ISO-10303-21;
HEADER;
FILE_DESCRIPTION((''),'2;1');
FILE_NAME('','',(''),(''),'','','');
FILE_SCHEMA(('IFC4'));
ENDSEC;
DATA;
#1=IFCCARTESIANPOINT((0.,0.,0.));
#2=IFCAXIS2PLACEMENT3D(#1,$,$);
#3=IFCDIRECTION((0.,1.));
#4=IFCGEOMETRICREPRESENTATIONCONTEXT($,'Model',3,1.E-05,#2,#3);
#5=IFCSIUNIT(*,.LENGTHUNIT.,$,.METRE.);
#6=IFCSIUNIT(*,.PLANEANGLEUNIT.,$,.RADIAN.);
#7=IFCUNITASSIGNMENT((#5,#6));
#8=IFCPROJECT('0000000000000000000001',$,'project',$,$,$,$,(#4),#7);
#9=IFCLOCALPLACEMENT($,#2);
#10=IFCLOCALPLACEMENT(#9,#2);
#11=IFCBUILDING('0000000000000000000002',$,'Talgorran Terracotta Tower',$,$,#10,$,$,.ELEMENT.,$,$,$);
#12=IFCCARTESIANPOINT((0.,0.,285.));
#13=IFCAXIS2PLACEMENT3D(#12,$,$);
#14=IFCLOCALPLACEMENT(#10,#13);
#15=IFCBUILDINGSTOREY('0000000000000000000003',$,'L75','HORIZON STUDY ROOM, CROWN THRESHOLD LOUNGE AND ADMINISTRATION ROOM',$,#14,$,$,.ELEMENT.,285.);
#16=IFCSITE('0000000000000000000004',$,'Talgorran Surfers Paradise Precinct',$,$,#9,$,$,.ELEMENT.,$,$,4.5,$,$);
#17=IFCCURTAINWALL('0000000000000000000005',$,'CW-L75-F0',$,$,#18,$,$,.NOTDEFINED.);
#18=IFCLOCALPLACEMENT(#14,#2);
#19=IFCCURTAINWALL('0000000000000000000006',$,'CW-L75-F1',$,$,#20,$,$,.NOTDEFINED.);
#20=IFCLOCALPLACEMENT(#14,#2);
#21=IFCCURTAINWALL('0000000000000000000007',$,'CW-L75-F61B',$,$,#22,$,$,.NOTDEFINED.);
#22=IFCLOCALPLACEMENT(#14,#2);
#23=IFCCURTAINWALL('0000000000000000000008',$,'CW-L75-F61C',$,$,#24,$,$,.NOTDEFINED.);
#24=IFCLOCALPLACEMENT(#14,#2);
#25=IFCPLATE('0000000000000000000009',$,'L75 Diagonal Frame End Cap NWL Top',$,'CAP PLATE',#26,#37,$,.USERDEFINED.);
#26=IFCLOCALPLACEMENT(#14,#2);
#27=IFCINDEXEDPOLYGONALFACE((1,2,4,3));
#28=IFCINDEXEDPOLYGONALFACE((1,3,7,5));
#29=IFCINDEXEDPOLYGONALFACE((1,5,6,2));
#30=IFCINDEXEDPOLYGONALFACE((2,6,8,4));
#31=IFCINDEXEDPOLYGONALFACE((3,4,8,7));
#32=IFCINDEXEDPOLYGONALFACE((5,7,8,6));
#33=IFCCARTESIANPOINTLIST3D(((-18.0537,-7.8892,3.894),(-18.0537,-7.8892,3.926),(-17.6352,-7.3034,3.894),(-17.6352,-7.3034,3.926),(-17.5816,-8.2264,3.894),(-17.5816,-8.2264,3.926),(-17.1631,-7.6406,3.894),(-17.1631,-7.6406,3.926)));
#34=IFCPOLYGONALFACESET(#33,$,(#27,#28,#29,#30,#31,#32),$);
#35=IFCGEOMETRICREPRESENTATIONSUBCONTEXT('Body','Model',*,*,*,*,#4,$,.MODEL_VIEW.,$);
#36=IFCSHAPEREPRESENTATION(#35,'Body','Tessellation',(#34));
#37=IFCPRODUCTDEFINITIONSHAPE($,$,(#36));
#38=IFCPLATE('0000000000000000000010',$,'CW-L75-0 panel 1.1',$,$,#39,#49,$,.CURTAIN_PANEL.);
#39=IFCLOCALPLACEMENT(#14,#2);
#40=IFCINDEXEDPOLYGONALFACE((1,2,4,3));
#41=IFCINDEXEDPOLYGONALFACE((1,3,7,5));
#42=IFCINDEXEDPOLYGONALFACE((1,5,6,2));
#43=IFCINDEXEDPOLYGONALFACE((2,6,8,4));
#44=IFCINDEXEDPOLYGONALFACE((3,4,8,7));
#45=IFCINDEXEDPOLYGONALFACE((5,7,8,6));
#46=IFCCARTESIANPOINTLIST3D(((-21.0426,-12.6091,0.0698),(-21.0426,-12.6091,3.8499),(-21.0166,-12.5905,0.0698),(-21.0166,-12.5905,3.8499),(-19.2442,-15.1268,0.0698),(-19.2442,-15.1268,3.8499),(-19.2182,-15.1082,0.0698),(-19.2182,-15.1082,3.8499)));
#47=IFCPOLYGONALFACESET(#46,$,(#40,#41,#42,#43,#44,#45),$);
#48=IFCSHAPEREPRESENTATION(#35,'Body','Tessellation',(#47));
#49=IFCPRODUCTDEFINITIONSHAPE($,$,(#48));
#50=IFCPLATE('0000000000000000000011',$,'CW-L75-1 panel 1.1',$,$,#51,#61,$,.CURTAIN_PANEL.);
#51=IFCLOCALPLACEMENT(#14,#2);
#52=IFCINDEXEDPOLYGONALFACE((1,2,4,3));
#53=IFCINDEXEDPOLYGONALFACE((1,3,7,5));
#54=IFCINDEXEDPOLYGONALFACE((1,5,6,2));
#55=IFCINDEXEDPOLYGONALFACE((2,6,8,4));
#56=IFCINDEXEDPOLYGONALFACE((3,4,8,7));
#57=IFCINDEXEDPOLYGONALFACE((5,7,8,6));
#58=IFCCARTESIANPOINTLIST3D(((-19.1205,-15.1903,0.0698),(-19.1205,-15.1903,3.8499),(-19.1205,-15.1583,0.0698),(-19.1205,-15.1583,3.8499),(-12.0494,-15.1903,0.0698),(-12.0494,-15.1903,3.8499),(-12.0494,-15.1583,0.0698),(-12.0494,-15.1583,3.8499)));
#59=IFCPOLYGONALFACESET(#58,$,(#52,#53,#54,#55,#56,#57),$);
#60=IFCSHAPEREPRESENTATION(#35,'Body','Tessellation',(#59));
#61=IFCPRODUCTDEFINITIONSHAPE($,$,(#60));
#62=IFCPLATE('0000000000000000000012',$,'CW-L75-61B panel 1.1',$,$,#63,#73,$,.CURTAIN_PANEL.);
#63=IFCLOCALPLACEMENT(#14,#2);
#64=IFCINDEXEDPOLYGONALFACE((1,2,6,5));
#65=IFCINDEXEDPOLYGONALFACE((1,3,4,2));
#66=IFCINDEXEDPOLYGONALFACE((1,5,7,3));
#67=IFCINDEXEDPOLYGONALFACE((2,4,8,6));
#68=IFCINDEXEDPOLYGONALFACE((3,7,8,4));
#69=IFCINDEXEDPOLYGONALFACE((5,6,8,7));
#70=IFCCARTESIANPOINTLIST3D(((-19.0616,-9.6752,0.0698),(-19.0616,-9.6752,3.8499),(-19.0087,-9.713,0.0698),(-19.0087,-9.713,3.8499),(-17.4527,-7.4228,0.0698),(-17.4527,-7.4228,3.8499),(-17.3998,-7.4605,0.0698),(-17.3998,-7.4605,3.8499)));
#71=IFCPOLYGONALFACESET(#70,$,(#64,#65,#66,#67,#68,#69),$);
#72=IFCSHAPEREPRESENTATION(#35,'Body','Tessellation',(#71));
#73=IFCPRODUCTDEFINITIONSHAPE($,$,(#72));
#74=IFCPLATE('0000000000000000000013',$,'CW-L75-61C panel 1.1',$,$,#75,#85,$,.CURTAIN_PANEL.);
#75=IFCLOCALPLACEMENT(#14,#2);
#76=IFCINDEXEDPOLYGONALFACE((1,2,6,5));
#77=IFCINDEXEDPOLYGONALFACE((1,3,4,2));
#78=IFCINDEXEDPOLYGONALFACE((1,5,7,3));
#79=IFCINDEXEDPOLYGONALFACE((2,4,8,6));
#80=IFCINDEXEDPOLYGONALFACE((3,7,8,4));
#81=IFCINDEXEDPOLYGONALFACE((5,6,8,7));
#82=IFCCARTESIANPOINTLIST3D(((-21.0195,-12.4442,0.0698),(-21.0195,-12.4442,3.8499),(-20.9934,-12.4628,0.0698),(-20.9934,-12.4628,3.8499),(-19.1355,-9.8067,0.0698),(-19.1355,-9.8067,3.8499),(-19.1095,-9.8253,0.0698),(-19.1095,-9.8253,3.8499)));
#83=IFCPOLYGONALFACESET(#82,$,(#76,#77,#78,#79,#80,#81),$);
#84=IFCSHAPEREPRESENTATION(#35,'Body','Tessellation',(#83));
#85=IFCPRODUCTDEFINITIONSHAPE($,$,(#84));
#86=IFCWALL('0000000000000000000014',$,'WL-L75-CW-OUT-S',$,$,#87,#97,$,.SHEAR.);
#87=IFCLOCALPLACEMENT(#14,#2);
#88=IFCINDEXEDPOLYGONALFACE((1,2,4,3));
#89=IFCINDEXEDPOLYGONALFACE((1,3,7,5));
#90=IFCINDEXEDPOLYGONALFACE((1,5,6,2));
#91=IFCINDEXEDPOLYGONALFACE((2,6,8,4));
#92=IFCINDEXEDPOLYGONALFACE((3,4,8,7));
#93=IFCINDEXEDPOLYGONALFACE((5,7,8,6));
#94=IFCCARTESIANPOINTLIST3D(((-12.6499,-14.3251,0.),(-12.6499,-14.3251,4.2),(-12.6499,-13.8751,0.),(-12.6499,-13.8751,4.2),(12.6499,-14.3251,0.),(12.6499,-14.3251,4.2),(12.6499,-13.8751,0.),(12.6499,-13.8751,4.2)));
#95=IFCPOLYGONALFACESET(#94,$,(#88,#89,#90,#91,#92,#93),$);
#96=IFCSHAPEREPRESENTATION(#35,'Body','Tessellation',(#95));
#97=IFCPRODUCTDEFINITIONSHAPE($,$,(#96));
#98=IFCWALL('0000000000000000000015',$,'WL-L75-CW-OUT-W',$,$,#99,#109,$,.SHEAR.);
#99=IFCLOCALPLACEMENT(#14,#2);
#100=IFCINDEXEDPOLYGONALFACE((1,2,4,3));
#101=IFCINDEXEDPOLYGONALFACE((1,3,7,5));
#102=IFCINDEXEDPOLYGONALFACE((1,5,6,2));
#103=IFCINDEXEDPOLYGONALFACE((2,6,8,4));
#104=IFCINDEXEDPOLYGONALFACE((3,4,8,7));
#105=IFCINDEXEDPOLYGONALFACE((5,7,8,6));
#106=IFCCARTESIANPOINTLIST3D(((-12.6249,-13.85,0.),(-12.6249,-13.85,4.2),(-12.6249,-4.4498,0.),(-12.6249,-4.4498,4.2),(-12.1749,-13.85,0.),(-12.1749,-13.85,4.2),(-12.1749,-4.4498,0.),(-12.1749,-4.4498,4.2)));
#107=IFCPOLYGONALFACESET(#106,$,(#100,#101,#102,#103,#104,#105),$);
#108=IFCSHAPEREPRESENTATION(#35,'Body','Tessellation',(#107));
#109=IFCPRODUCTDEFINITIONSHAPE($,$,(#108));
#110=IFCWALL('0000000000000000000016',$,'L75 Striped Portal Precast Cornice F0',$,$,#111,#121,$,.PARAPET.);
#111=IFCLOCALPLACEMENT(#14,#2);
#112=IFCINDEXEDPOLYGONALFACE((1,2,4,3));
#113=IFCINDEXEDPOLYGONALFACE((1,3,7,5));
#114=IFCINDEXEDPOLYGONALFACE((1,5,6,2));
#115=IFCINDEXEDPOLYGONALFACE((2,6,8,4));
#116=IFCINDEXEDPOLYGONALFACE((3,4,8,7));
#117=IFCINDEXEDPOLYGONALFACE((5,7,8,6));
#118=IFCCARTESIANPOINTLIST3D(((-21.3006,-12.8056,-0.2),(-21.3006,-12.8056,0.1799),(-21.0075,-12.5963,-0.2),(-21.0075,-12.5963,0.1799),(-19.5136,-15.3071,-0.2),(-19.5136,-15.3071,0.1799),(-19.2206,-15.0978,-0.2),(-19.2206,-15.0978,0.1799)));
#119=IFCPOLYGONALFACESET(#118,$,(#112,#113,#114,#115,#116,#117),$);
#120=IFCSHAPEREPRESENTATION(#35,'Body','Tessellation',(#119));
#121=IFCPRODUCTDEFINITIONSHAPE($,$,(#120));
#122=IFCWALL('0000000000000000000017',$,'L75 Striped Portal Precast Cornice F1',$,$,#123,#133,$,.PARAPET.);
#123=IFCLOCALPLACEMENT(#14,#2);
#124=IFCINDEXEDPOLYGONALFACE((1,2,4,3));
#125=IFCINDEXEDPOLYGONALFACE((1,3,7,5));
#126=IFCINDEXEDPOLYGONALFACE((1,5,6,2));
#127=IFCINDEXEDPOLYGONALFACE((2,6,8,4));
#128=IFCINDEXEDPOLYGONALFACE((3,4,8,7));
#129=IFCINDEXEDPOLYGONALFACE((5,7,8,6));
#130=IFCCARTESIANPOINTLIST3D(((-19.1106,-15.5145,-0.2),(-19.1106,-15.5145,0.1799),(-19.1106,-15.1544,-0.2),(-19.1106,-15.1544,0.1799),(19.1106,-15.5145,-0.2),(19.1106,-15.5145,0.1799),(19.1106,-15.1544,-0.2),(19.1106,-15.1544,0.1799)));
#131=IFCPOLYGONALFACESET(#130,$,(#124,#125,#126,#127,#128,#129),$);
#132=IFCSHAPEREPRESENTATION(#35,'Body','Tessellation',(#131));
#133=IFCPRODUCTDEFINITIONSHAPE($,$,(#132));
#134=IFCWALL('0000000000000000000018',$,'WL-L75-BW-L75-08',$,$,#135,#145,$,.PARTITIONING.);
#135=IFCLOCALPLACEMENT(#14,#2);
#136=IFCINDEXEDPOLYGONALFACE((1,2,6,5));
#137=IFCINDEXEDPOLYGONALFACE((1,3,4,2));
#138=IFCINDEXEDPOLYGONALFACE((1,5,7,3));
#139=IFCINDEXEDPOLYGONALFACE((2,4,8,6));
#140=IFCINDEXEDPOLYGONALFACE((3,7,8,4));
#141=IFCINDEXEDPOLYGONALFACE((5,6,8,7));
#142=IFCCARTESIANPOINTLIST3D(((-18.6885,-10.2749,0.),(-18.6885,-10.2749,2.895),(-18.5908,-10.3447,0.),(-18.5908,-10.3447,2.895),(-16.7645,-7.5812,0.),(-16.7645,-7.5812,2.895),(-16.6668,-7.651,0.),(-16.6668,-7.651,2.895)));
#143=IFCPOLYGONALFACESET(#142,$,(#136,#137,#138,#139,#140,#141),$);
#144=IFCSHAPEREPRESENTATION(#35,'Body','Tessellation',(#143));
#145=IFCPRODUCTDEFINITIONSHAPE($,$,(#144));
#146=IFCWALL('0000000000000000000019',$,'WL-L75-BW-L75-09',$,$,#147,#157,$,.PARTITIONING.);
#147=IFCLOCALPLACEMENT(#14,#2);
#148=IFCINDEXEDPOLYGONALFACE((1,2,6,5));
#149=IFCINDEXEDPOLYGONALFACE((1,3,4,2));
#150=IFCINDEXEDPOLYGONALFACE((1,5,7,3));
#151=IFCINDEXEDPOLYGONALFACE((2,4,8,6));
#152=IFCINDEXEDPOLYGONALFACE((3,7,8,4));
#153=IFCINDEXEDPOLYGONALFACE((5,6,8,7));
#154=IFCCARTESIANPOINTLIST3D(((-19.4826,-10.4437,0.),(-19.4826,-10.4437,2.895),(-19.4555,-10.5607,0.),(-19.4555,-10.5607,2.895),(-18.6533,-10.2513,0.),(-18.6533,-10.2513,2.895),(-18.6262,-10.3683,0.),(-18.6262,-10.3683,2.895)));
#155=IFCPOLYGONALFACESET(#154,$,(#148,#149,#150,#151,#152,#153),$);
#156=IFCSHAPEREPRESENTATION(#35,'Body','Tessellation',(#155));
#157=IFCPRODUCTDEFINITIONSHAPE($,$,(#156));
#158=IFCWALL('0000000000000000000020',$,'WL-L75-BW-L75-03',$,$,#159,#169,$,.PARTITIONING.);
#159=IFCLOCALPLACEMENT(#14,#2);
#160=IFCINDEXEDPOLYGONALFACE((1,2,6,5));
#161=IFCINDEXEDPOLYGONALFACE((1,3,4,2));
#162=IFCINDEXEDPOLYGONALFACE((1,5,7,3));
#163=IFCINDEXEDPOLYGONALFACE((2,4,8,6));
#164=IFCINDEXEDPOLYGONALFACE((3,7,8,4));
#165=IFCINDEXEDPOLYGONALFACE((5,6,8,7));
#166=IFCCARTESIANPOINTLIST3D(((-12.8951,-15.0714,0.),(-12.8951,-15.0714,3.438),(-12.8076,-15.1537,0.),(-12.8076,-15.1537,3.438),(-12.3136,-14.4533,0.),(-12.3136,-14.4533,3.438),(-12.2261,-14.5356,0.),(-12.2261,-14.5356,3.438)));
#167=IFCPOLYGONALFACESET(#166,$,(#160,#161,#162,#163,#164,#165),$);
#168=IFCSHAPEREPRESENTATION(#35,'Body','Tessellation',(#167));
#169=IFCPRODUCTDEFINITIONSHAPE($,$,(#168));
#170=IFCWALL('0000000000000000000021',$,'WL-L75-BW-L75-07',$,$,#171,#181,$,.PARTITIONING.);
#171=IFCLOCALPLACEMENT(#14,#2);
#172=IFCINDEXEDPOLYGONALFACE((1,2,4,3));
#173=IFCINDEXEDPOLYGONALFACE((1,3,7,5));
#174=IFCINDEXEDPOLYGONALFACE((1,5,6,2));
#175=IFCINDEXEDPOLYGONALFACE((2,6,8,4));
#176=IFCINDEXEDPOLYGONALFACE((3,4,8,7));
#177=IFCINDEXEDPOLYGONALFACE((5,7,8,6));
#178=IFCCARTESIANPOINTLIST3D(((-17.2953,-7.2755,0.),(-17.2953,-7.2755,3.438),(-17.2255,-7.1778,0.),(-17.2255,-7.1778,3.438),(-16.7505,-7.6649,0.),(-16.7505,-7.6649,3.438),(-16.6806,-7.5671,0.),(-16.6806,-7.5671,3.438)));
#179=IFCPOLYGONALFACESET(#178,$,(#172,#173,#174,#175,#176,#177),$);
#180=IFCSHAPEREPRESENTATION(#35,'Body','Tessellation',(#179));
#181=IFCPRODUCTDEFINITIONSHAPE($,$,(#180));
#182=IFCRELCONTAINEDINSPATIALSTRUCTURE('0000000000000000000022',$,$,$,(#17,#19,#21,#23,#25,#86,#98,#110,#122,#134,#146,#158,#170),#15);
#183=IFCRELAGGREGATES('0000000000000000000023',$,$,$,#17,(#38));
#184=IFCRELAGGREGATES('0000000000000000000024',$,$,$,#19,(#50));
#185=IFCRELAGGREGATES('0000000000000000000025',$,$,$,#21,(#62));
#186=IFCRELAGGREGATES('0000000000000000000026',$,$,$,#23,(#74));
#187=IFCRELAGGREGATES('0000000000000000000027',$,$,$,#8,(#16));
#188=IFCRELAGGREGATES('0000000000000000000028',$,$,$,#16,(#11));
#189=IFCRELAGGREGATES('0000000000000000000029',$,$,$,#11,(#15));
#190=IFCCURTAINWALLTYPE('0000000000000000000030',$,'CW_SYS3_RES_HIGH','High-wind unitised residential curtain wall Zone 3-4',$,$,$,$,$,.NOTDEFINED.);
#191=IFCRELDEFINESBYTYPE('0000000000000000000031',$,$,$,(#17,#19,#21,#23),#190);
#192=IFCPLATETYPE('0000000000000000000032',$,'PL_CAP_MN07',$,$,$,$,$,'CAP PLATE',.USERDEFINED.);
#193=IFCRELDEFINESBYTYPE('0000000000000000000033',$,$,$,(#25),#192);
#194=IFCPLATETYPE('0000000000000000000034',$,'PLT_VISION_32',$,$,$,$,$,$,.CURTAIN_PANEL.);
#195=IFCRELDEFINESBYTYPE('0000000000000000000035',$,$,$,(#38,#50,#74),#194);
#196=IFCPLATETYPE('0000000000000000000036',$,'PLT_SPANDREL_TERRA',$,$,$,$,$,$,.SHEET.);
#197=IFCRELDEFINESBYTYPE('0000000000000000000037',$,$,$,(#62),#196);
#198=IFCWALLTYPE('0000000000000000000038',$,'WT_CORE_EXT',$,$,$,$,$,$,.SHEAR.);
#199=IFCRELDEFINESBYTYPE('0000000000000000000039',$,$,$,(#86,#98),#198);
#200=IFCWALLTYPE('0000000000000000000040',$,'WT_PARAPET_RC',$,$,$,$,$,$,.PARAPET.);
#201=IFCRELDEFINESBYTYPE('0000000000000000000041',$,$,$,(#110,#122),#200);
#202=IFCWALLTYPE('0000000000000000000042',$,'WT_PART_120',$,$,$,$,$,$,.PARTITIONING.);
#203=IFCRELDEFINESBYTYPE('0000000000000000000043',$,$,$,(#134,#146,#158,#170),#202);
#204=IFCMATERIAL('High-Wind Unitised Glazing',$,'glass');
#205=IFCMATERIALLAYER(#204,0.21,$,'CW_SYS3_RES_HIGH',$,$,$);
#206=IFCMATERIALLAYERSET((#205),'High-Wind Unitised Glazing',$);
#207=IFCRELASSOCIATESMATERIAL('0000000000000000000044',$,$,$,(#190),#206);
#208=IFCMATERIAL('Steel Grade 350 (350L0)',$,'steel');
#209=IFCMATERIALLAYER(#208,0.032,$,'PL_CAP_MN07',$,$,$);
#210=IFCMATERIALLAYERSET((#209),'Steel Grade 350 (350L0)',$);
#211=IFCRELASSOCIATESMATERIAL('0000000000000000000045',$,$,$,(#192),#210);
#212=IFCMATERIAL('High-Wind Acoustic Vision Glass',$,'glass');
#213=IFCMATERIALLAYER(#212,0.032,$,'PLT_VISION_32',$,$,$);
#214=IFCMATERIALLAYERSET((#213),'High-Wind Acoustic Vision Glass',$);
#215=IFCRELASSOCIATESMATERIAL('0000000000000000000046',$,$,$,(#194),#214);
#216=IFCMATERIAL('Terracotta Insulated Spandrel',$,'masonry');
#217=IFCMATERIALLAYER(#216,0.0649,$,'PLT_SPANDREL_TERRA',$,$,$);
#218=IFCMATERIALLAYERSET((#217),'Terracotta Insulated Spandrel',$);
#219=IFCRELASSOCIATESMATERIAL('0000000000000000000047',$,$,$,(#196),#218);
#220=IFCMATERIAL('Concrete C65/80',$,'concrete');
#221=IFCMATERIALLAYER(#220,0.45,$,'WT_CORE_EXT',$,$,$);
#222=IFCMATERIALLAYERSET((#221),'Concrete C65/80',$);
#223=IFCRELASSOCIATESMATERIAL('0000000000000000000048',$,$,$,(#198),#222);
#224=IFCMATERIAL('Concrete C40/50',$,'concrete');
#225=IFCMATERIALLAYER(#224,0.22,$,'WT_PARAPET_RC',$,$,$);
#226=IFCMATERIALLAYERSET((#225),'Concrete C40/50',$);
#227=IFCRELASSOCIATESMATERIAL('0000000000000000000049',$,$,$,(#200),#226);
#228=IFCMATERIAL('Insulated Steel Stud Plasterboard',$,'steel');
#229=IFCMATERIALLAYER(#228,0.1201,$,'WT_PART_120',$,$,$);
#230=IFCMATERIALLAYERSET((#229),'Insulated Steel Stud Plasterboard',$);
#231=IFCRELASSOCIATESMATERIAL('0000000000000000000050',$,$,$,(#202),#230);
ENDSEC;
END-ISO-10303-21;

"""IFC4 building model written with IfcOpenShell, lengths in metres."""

from ifc_helpers import new_model, si_unit, direction, frame, frame_2d, origin, origin_2d, place, context, subcontext, project, spatial, rectangle, extrude, source, transform, mapped, material, layer, layer_set, type_object, type_shapes, element, aggregate, save


model = new_model("IFC4")

# Units and contexts
model_context = context("Model", 3, precision=1e-05, world=origin(), true_north=direction((0.0, 1.0)))
body_context = subcontext(model_context, "Body", "Model", "MODEL_VIEW")
ifc_project = project(units=[si_unit("LENGTHUNIT", "METRE"), si_unit("PLANEANGLEUNIT", "RADIAN")], contexts=[model_context])

# Site, building, storey
site_placement = place(None, origin())
site = spatial("IfcSite", under=ifc_project, at=site_placement, Name="Talgorran Surfers Paradise Precinct", CompositionType="ELEMENT", RefElevation=4.5)
building_placement = place(site_placement, origin())
building = spatial("IfcBuilding", under=site, at=building_placement, Name="Talgorran Terracotta Tower", CompositionType="ELEMENT")
storey_placement = place(building_placement, frame((0.0, 0.0, 285.0)))
storey = spatial("IfcBuildingStorey", under=building, at=storey_placement, Name="L75", Description="HORIZON STUDY ROOM, CROWN THRESHOLD LOUNGE AND ADMINISTRATION ROOM", CompositionType="ELEMENT", Elevation=285.0)

# Shared definitions
ifc_material_1 = material(Name="Steel Grade 350 (350L0)", Category="steel")

# Curtain wall
ifc_material_2 = material(Name="High-Wind Unitised Glazing", Category="glass")
ifc_layer_1 = layer(ifc_material_2, 0.21, Name="CW_SYS3_RES_HIGH")
ifc_layer_set_1 = layer_set([ifc_layer_1], Name="High-Wind Unitised Glazing")
curtain_wall_type = type_object("IfcCurtainWallType", Name="CW_SYS3_RES_HIGH", Description="High-wind unitised residential curtain wall Zone 3-4", PredefinedType="NOTDEFINED", material=ifc_layer_set_1)
curtain_wall_1_placement = place(storey_placement, origin())
curtain_wall_1 = element("IfcCurtainWall", 1, at=curtain_wall_1_placement, inside=storey, type_object=curtain_wall_type, Name="CW-L75-F0", PredefinedType="NOTDEFINED")

# Curtain wall
curtain_wall_2_placement = place(storey_placement, origin())
curtain_wall_2 = element("IfcCurtainWall", 2, at=curtain_wall_2_placement, inside=storey, type_object=curtain_wall_type, Name="CW-L75-F1", PredefinedType="NOTDEFINED")

# Curtain walls
curtain_wall_3_placement = place(storey_placement, origin())
curtain_wall_3 = element("IfcCurtainWall", 3, at=curtain_wall_3_placement, inside=storey, type_object=curtain_wall_type, Name="CW-L75-F61B", PredefinedType="NOTDEFINED")
curtain_wall_4_placement = place(storey_placement, origin())
curtain_wall_4 = element("IfcCurtainWall", 4, at=curtain_wall_4_placement, inside=storey, type_object=curtain_wall_type, Name="CW-L75-F61C", PredefinedType="NOTDEFINED")

# Plate
ifc_layer_2 = layer(ifc_material_1, 0.032, Name="PL_CAP_MN07")
ifc_layer_set_2 = layer_set([ifc_layer_2], Name="Steel Grade 350 (350L0)")
plate_type_1 = type_object("IfcPlateType", Name="PL_CAP_MN07", ElementType="CAP PLATE", PredefinedType="USERDEFINED", material=ifc_layer_set_2)
for number, where, z_axis, x_axis, name in (
    (5, (-17.6084, -7.7649, 3.894), (0.0, 0.0, 1.0), (0.581271, 0.81371, 0.0), "L75 Diagonal Frame End Cap NWL Top"),
):
    element("IfcPlate", number, at=place(storey_placement, frame(where, z_axis=z_axis, x_axis=x_axis)), inside=storey, type_object=plate_type_1, Name=name, ObjectType="CAP PLATE", PredefinedType="USERDEFINED", context=body_context, shape_type="SweptSolid", body=[
        extrude(rectangle(XDim=0.72, YDim=0.5801, at=origin_2d()), origin(), (0.0, 0.0, 1.0), 0.032),
    ])

# Plates
ifc_material_3 = material(Name="High-Wind Acoustic Vision Glass", Category="glass")
ifc_layer_3 = layer(ifc_material_3, 0.032, Name="PLT_VISION_32")
ifc_layer_set_3 = layer_set([ifc_layer_3], Name="High-Wind Acoustic Vision Glass")
plate_type_2 = type_object("IfcPlateType", Name="PLT_VISION_32", PredefinedType="CURTAIN_PANEL", material=ifc_layer_set_3)
shared_shape_1 = source(origin(), body_context, "Body", "SweptSolid", [
    extrude(rectangle(XDim=3.094, YDim=0.032, at=origin_2d()), origin(), (0.0, 0.0, 1.0), 3.78),
])
plate_1_placement = place(storey_placement, frame((-20.1304, -13.8586, 0.0698), z_axis=(0.0, 0.0, 1.0), x_axis=(0.581256, -0.813721, 0.0)))
plate_1 = element("IfcPlate", 6, at=plate_1_placement, type_object=plate_type_2, Name="CW-L75-0 panel 1.1", PredefinedType="CURTAIN_PANEL", context=body_context, shape_type="MappedRepresentation", body=[
    mapped(shared_shape_1, transform((0.0, 0.0, 0.0), scale=1.0)),
])
aggregate(curtain_wall_1, [plate_1])
shared_shape_2 = source(origin(), body_context, "Body", "SweptSolid", [
    extrude(rectangle(XDim=7.071, YDim=0.032, at=origin_2d()), origin(), (0.0, 0.0, 1.0), 3.78),
])
plate_2_placement = place(storey_placement, frame((-15.585, -15.1743, 0.0698), z_axis=(0.0, 0.0, 1.0), x_axis=(1.0, 0.0, 0.0)))
plate_2 = element("IfcPlate", 7, at=plate_2_placement, type_object=plate_type_2, Name="CW-L75-1 panel 1.1", PredefinedType="CURTAIN_PANEL", context=body_context, shape_type="MappedRepresentation", body=[
    mapped(shared_shape_2, transform((0.0, 0.0, 0.0), scale=1.0)),
])
aggregate(curtain_wall_2, [plate_2])
ifc_material_4 = material(Name="Terracotta Insulated Spandrel", Category="masonry")
ifc_layer_4 = layer(ifc_material_4, 0.0649, Name="PLT_SPANDREL_TERRA")
ifc_layer_set_4 = layer_set([ifc_layer_4], Name="Terracotta Insulated Spandrel")
plate_type_3 = type_object("IfcPlateType", Name="PLT_SPANDREL_TERRA", PredefinedType="SHEET", material=ifc_layer_set_4)
shared_shape_3 = source(origin(), body_context, "Body", "SweptSolid", [
    extrude(rectangle(XDim=2.7681, YDim=0.0649, at=origin_2d()), origin(), (0.0, 0.0, 1.0), 3.78),
])
type_shapes(plate_type_3, [shared_shape_3])
plate_3_placement = place(storey_placement, frame((-18.2307, -8.5679, 0.0698), z_axis=(0.0, 0.0, 1.0), x_axis=(-0.581235, -0.813736, 0.0)))
plate_3 = element("IfcPlate", 8, at=plate_3_placement, type_object=plate_type_3, Name="CW-L75-61B panel 1.1", PredefinedType="CURTAIN_PANEL", context=body_context, shape_type="MappedRepresentation", body=[
    mapped(shared_shape_3, transform((0.0, 0.0, 0.0), scale=1.0)),
])
aggregate(curtain_wall_3, [plate_3])
shared_shape_4 = source(origin(), body_context, "Body", "SweptSolid", [
    extrude(rectangle(XDim=3.2412, YDim=0.032, at=origin_2d()), origin(), (0.0, 0.0, 1.0), 3.78),
])
type_shapes(plate_type_2, [shared_shape_1, shared_shape_2, shared_shape_4])
plate_4_placement = place(storey_placement, frame((-20.0645, -11.1348, 0.0698), z_axis=(0.0, 0.0, 1.0), x_axis=(-0.581255, -0.813721, 0.0)))
plate_4 = element("IfcPlate", 9, at=plate_4_placement, type_object=plate_type_2, Name="CW-L75-61C panel 1.1", PredefinedType="CURTAIN_PANEL", context=body_context, shape_type="MappedRepresentation", body=[
    mapped(shared_shape_4, transform((0.0, 0.0, 0.0), scale=1.0)),
])
aggregate(curtain_wall_4, [plate_4])

# Walls
ifc_material_5 = material(Name="Concrete C65/80", Category="concrete")
ifc_layer_5 = layer(ifc_material_5, 0.45, Name="WT_CORE_EXT")
ifc_layer_set_5 = layer_set([ifc_layer_5], Name="Concrete C65/80")
wall_type_1 = type_object("IfcWallType", Name="WT_CORE_EXT", PredefinedType="SHEAR", material=ifc_layer_set_5)
wall_1_placement = place(storey_placement, frame((-12.6499, -14.1001, 0.0), z_axis=(0.0, 0.0, 1.0), x_axis=(1.0, 0.0, 0.0)))
element("IfcWall", 10, at=wall_1_placement, inside=storey, type_object=wall_type_1, Name="WL-L75-CW-OUT-S", PredefinedType="SHEAR", context=body_context, shape_type="SweptSolid", body=[
    extrude(rectangle(XDim=25.2998, YDim=0.45, at=frame_2d((12.6499, 0.0))), origin(), (0.0, 0.0, 1.0), 4.2),
])
wall_2_placement = place(storey_placement, frame((-12.3999, -13.8501, 0.0), z_axis=(0.0, 0.0, 1.0), x_axis=(0.0, 1.0, 0.0)))
element("IfcWall", 11, at=wall_2_placement, inside=storey, type_object=wall_type_1, Name="WL-L75-CW-OUT-W", PredefinedType="SHEAR", context=body_context, shape_type="SweptSolid", body=[
    extrude(rectangle(XDim=9.4001, YDim=0.45, at=frame_2d((4.7002, 0.0))), origin(), (0.0, 0.0, 1.0), 4.2),
])
ifc_material_6 = material(Name="Concrete C40/50", Category="concrete")
ifc_layer_6 = layer(ifc_material_6, 0.22, Name="WT_PARAPET_RC")
ifc_layer_set_6 = layer_set([ifc_layer_6], Name="Concrete C40/50")
wall_type_2 = type_object("IfcWallType", Name="WT_PARAPET_RC", PredefinedType="PARAPET", material=ifc_layer_set_6)
wall_3_placement = place(storey_placement, frame((-21.1541, -12.7009, -0.2), z_axis=(0.0, 0.0, 1.0), x_axis=(0.581261, -0.813717, 0.0)))
element("IfcWall", 12, at=wall_3_placement, inside=storey, type_object=wall_type_2, Name="L75 Striped Portal Precast Cornice F0", PredefinedType="PARAPET", context=body_context, shape_type="SweptSolid", body=[
    extrude(rectangle(XDim=3.0742, YDim=0.3601, at=frame_2d((1.5371, 0.0))), origin(), (0.0, 0.0, 1.0), 0.3799),
])
wall_4_placement = place(storey_placement, frame((-19.1106, -15.3345, -0.2), z_axis=(0.0, 0.0, 1.0), x_axis=(1.0, 0.0, 0.0)))
element("IfcWall", 13, at=wall_4_placement, inside=storey, type_object=wall_type_2, Name="L75 Striped Portal Precast Cornice F1", PredefinedType="PARAPET", context=body_context, shape_type="SweptSolid", body=[
    extrude(rectangle(XDim=38.2212, YDim=0.3601, at=frame_2d((19.1106, 0.0))), origin(), (0.0, 0.0, 1.0), 0.3799),
])
ifc_material_7 = material(Name="Insulated Steel Stud Plasterboard", Category="steel")
ifc_layer_7 = layer(ifc_material_7, 0.1201, Name="WT_PART_120")
ifc_layer_set_7 = layer_set([ifc_layer_7], Name="Insulated Steel Stud Plasterboard")
wall_type_3 = type_object("IfcWallType", Name="WT_PART_120", PredefinedType="PARTITIONING", material=ifc_layer_set_7)
wall_5_placement = place(storey_placement, frame((-16.7156, -7.616, 0.0), z_axis=(0.0, 0.0, 1.0), x_axis=(-0.581217, -0.813748, 0.0)))
element("IfcWall", 14, at=wall_5_placement, inside=storey, type_object=wall_type_3, Name="WL-L75-BW-L75-08", PredefinedType="PARTITIONING", context=body_context, shape_type="SweptSolid", body=[
    extrude(rectangle(XDim=3.3103, YDim=0.1201, at=frame_2d((1.6553, 0.0))), origin(), (0.0, 0.0, 1.0), 2.895),
])
wall_6_placement = place(storey_placement, frame((-18.6396, -10.3098, 0.0), z_axis=(0.0, 0.0, 1.0), x_axis=(-0.974134, -0.225969, 0.0)))
element("IfcWall", 15, at=wall_6_placement, inside=storey, type_object=wall_type_3, Name="WL-L75-BW-L75-09", PredefinedType="PARTITIONING", context=body_context, shape_type="SweptSolid", body=[
    extrude(rectangle(XDim=0.8513, YDim=0.1201, at=frame_2d((0.4258, 0.0))), origin(), (0.0, 0.0, 1.0), 2.895),
])
wall_7_placement = place(storey_placement, frame((-12.8513, -15.1125, 0.0), z_axis=(0.0, 0.0, 1.0), x_axis=(0.685203, 0.728352, 0.0)))
element("IfcWall", 16, at=wall_7_placement, inside=storey, type_object=wall_type_3, Name="WL-L75-BW-L75-03", PredefinedType="PARTITIONING", context=body_context, shape_type="SweptSolid", body=[
    extrude(rectangle(XDim=0.8486, YDim=0.1201, at=frame_2d((0.4243, 0.0))), origin(), (0.0, 0.0, 1.0), 3.438),
])
wall_8_placement = place(storey_placement, frame((-17.2605, -7.2266, 0.0), z_axis=(0.0, 0.0, 1.0), x_axis=(0.81361, -0.581411, 0.0)))
element("IfcWall", 17, at=wall_8_placement, inside=storey, type_object=wall_type_3, Name="WL-L75-BW-L75-07", PredefinedType="PARTITIONING", context=body_context, shape_type="SweptSolid", body=[
    extrude(rectangle(XDim=0.6697, YDim=0.1201, at=frame_2d((0.335, 0.0))), origin(), (0.0, 0.0, 1.0), 3.438),
])

save(model, "model.ifc")
